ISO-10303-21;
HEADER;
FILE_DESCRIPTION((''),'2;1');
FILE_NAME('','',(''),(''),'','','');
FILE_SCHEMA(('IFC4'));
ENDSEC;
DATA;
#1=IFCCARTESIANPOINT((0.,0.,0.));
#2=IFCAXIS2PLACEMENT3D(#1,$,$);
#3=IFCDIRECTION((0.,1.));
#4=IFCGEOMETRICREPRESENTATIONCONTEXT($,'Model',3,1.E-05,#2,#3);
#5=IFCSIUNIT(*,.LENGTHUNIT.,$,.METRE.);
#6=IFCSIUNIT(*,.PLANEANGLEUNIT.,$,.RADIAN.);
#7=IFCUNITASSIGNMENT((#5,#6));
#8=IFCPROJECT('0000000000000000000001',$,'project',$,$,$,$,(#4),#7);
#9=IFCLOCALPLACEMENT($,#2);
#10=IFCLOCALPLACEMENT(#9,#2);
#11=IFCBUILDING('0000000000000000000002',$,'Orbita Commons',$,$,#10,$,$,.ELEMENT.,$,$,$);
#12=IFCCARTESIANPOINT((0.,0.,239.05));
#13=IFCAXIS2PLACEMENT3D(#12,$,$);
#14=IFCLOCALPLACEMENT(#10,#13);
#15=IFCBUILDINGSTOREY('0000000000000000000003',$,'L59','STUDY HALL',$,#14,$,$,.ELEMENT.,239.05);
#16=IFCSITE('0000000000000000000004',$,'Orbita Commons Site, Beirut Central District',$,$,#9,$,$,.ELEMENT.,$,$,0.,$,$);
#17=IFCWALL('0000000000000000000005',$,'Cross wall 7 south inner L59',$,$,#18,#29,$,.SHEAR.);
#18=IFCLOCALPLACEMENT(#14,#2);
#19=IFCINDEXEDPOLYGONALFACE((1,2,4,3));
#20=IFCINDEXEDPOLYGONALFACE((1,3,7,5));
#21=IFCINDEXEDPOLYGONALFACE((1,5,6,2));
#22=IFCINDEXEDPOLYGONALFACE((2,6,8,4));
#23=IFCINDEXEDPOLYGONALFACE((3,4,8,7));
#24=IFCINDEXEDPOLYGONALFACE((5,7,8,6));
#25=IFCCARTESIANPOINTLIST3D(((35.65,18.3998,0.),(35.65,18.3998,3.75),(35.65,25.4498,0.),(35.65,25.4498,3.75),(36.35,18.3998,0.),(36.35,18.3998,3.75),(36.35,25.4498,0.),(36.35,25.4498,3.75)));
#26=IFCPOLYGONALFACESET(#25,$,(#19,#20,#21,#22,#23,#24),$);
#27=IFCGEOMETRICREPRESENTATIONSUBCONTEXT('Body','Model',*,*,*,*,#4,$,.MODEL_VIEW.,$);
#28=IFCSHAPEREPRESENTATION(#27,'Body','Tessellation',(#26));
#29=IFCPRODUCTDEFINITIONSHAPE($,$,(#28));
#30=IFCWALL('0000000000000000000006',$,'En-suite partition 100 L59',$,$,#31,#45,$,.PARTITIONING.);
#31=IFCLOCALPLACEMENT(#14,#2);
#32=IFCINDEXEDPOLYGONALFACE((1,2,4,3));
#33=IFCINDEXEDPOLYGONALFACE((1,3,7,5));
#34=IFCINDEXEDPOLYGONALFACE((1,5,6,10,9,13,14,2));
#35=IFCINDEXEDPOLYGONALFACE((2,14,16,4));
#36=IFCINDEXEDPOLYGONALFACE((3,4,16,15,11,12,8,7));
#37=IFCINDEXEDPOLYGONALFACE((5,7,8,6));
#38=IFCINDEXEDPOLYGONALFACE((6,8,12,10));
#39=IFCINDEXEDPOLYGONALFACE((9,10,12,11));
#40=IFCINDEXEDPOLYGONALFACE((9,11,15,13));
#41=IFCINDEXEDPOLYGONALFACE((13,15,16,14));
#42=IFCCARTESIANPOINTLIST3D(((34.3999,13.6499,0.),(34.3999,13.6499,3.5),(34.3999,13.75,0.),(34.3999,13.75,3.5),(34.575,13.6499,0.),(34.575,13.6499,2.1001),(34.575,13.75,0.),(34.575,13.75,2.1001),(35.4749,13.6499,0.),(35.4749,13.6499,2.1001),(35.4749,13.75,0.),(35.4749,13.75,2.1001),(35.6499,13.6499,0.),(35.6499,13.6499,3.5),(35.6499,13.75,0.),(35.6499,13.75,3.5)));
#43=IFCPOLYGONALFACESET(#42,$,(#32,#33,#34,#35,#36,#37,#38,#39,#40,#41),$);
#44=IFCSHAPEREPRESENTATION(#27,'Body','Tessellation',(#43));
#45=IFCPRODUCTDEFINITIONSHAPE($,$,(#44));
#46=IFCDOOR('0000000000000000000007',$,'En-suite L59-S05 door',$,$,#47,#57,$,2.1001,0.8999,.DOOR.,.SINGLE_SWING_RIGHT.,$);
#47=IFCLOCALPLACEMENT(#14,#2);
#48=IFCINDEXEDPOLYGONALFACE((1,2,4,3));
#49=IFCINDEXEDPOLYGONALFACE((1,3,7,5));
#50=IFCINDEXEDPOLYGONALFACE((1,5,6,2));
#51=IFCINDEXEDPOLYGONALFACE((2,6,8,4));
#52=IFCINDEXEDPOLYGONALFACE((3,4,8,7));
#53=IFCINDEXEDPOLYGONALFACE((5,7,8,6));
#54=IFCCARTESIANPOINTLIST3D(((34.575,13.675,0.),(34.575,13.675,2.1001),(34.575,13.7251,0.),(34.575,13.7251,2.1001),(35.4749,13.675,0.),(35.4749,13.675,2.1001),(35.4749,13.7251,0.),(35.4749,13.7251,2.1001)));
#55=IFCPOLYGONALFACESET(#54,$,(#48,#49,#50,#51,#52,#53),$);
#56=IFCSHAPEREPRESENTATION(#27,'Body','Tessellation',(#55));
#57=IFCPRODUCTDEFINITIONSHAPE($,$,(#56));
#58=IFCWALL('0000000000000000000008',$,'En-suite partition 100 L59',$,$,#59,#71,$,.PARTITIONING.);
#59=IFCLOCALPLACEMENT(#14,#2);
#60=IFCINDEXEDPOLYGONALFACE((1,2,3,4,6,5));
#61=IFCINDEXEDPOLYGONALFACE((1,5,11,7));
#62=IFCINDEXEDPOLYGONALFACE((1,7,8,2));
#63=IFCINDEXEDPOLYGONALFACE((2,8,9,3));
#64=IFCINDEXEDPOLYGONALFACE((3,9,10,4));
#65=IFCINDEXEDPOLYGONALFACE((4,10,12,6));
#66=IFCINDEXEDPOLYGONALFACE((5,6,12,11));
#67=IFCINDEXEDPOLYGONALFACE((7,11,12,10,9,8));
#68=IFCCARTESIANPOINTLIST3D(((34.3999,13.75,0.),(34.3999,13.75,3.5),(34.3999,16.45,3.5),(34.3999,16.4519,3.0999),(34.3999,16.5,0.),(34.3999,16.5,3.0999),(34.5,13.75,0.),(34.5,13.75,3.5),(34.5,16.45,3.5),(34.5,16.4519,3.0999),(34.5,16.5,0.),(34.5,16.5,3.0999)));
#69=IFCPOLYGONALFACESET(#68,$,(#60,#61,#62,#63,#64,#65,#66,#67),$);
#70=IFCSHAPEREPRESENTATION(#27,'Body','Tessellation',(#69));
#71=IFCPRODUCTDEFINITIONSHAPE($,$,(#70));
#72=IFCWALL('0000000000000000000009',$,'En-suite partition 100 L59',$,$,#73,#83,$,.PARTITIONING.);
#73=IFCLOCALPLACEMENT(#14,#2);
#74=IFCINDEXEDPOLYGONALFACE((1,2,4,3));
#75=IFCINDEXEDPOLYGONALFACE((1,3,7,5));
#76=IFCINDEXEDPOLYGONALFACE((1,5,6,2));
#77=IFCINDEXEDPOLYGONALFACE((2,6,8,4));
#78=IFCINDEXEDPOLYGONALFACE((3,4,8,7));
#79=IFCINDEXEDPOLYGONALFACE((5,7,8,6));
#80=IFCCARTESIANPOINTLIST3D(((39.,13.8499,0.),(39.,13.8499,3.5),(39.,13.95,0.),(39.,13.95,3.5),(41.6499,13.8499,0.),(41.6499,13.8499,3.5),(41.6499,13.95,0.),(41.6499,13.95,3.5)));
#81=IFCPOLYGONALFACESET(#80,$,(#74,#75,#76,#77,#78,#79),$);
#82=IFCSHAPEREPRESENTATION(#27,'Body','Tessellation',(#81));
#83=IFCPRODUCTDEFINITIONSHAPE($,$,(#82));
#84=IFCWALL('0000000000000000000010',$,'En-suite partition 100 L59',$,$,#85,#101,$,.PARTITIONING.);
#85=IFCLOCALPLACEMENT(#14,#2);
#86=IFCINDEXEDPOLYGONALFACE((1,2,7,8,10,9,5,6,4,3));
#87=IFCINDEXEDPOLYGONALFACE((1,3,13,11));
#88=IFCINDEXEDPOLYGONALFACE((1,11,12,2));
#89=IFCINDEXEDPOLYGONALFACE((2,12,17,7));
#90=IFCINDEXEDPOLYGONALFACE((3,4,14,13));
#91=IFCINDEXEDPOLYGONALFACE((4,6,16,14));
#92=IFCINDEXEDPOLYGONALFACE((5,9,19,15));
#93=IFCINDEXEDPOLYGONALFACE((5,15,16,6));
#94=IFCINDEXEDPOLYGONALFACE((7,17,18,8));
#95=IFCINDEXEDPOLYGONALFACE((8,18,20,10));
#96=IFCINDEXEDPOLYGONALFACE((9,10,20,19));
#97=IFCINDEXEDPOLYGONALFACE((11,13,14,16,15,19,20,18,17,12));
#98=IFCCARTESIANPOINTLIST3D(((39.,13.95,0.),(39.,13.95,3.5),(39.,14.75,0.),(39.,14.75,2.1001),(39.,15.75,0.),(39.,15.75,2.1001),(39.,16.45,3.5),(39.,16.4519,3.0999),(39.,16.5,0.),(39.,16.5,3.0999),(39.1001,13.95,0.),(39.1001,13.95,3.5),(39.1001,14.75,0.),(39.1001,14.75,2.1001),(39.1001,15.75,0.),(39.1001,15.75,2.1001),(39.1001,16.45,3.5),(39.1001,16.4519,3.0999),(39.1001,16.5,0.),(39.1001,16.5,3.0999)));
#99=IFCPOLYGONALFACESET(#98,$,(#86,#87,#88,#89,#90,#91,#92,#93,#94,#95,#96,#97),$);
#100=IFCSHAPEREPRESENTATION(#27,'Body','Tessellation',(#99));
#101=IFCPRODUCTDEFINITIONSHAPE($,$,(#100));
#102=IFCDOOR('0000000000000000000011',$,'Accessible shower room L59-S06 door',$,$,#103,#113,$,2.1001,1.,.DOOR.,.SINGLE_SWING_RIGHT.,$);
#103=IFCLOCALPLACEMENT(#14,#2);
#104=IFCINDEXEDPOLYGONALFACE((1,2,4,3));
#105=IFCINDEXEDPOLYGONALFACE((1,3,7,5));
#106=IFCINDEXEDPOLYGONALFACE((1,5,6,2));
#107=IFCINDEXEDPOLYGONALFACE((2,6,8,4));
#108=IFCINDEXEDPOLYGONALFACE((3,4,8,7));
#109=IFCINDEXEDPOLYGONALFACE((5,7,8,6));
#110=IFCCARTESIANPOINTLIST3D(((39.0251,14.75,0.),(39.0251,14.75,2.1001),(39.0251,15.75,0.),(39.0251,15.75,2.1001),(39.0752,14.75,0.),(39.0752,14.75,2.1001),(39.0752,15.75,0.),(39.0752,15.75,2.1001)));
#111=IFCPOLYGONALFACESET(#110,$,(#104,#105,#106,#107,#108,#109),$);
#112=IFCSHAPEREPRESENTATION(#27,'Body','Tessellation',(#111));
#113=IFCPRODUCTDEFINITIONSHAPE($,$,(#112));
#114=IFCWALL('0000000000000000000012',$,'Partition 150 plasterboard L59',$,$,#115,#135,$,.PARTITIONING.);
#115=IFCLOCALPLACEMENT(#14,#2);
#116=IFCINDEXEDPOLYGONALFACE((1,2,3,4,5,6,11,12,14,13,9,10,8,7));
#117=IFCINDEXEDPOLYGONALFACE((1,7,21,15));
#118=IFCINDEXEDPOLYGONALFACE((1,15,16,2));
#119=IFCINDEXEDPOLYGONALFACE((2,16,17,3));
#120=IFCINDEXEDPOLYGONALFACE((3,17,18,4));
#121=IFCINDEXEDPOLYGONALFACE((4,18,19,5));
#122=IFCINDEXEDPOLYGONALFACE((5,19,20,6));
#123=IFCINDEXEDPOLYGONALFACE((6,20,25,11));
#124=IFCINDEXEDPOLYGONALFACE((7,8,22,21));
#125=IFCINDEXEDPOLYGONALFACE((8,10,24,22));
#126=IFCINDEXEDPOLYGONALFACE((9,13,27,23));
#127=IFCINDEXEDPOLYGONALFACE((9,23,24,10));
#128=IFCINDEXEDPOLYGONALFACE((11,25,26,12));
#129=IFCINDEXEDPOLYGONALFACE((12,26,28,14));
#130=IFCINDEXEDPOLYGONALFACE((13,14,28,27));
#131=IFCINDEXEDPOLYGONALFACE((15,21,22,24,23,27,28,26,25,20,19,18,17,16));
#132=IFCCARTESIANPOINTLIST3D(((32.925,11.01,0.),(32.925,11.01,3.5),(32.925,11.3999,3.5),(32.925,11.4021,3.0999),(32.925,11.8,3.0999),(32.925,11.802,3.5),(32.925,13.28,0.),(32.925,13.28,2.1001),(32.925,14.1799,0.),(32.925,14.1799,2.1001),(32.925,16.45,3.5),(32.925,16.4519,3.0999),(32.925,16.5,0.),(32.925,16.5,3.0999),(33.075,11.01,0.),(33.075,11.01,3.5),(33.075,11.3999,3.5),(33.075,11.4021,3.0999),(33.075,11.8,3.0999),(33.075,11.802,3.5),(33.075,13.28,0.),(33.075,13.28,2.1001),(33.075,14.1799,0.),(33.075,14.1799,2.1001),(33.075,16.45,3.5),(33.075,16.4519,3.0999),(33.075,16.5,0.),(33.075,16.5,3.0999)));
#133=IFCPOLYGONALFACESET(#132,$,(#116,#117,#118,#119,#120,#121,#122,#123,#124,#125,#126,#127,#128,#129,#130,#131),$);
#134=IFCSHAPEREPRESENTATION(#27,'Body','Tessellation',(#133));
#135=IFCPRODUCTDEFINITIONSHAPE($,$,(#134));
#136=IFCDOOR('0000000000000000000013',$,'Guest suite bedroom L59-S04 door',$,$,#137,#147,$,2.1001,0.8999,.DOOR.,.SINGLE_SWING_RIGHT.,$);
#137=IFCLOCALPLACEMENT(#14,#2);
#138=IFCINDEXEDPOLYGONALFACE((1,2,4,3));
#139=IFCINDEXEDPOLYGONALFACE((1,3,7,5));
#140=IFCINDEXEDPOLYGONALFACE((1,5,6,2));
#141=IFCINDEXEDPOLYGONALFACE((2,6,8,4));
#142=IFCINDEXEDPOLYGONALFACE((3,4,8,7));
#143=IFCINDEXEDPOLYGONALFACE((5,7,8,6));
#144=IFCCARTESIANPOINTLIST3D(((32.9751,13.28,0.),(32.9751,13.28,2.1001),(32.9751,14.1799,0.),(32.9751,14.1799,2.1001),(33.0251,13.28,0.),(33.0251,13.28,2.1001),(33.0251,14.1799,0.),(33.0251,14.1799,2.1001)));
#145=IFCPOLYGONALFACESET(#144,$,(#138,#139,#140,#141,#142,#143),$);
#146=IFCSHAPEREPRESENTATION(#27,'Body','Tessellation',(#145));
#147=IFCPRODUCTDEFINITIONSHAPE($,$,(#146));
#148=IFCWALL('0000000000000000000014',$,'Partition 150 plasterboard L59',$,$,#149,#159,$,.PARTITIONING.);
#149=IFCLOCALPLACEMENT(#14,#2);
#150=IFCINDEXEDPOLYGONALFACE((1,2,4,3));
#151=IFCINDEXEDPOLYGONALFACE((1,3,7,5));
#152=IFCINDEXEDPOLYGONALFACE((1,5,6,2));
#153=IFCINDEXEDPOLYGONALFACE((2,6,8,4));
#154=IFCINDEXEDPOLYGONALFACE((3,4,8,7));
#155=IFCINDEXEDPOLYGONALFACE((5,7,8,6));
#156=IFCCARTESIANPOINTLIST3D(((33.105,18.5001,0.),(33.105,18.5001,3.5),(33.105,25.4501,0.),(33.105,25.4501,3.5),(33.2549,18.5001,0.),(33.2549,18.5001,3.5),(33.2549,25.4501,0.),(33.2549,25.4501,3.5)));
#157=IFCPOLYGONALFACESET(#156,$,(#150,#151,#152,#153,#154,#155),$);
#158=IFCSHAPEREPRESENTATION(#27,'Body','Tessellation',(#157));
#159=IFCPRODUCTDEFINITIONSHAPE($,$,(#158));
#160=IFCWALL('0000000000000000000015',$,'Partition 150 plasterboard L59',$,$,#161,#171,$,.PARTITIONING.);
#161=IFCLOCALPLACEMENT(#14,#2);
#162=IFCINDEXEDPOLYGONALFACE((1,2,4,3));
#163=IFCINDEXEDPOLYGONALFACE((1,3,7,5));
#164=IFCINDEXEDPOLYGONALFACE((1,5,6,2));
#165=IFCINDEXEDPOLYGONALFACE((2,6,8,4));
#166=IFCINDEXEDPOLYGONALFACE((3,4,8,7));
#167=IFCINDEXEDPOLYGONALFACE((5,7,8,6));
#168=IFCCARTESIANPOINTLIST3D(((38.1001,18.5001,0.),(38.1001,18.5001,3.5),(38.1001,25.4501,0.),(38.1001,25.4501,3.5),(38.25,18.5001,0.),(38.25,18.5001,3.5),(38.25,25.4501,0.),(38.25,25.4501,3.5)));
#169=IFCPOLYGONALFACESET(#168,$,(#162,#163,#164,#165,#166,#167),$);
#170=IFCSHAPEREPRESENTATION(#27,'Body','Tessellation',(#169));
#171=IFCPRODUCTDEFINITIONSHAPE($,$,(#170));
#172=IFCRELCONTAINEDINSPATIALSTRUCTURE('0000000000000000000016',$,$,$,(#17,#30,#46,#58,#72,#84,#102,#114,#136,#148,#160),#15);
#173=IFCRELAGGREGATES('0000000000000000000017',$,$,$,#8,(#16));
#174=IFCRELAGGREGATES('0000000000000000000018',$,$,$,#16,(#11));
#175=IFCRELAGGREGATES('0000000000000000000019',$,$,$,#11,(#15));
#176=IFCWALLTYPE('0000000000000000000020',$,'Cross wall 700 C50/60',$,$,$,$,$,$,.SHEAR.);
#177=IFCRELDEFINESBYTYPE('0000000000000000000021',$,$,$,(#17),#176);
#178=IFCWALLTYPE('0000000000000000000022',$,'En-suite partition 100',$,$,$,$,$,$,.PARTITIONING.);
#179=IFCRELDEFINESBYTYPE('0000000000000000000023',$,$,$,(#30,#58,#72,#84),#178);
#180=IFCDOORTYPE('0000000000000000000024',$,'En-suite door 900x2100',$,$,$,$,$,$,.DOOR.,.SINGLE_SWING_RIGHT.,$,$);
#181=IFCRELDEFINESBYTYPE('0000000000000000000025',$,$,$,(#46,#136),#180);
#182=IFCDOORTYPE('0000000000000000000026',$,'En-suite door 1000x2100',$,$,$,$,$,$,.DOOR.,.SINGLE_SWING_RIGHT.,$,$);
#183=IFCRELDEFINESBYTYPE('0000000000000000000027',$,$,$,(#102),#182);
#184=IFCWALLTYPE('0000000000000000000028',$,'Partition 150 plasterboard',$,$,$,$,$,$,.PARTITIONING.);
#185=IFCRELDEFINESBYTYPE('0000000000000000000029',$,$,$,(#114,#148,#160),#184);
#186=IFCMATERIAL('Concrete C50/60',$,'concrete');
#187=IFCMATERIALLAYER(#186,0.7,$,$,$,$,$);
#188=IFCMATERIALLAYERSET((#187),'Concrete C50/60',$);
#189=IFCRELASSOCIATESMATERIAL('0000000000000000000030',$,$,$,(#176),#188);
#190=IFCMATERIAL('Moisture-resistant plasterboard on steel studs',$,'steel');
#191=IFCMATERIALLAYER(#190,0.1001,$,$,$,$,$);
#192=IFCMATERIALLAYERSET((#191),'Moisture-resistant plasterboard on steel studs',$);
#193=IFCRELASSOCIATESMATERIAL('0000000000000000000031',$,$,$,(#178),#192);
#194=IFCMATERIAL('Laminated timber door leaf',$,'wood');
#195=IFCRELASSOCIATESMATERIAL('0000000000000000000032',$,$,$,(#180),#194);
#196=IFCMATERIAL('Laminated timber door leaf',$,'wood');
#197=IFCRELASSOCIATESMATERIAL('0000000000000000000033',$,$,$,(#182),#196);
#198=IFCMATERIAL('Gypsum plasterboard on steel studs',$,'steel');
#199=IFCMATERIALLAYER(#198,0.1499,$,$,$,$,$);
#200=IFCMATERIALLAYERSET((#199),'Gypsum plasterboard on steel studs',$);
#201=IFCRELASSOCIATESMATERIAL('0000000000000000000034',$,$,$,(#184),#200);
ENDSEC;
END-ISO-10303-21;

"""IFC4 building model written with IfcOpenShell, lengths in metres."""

from ifc_helpers import new_model, si_unit, direction, frame, frame_2d, origin, place, context, subcontext, project, spatial, polyline, rectangle, outline, extrude, material, layer, layer_set, type_object, element, fill, save


model = new_model("IFC4")

# Units and contexts
model_context = context("Model", 3, precision=1e-05, world=origin(), true_north=direction((0.0, 1.0)))
body_context = subcontext(model_context, "Body", "Model", "MODEL_VIEW")
ifc_project = project(units=[si_unit("LENGTHUNIT", "METRE"), si_unit("PLANEANGLEUNIT", "RADIAN")], contexts=[model_context])

# Site, building, storey
site_placement = place(None, origin())
site = spatial("IfcSite", under=ifc_project, at=site_placement, Name="Orbita Commons Site, Beirut Central District", CompositionType="ELEMENT", RefElevation=0.0)
building_placement = place(site_placement, origin())
building = spatial("IfcBuilding", under=site, at=building_placement, Name="Orbita Commons", CompositionType="ELEMENT")
storey_placement = place(building_placement, frame((0.0, 0.0, 239.05)))
storey = spatial("IfcBuildingStorey", under=building, at=storey_placement, Name="L59", Description="STUDY HALL", CompositionType="ELEMENT", Elevation=239.05)

# Wall
ifc_material_1 = material(Name="Concrete C50/60", Category="concrete")
ifc_layer_1 = layer(ifc_material_1, 0.7)
ifc_layer_set_1 = layer_set([ifc_layer_1], Name="Concrete C50/60")
wall_type_1 = type_object("IfcWallType", Name="Cross wall 700 C50/60", PredefinedType="SHEAR", material=ifc_layer_set_1)
wall_1_placement = place(storey_placement, frame((36.0, 18.3999, 0.0), z_axis=(0.0, 0.0, 1.0), x_axis=(0.0, 1.0, 0.0)))
element("IfcWall", 1, at=wall_1_placement, inside=storey, type_object=wall_type_1, Name="Cross wall 7 south inner L59", PredefinedType="SHEAR", context=body_context, shape_type="SweptSolid", body=[
    extrude(rectangle(XDim=7.05, YDim=0.7, at=frame_2d((3.5249, 0.0))), origin(), (0.0, 0.0, 1.0), 3.75),
])

# Wall, opening, door
ifc_material_2 = material(Name="Moisture-resistant plasterboard on steel studs", Category="steel")
ifc_layer_2 = layer(ifc_material_2, 0.1001)
ifc_layer_set_2 = layer_set([ifc_layer_2], Name="Moisture-resistant plasterboard on steel studs")
wall_type_2 = type_object("IfcWallType", Name="En-suite partition 100", PredefinedType="PARTITIONING", material=ifc_layer_set_2)
wall_2_placement = place(storey_placement, frame((35.6499, 13.7, 0.0), z_axis=(0.0, 0.0, 1.0), x_axis=(-1.0, 0.0, 0.0)))
wall_2 = element("IfcWall", 2, at=wall_2_placement, inside=storey, type_object=wall_type_2, Name="En-suite partition 100 L59", PredefinedType="PARTITIONING", context=body_context, shape_type="SweptSolid", body=[
    extrude(rectangle(XDim=1.25, YDim=0.1001, at=frame_2d((0.625, 0.0))), origin(), (0.0, 0.0, 1.0), 3.5),
])
opening_1_placement = place(wall_2_placement, frame((0.175, 0.0, 0.0)))
opening_1 = element("IfcOpeningElement", 3, at=opening_1_placement, cuts=wall_2, PredefinedType="OPENING", context=body_context, shape_type="SweptSolid", body=[
    extrude(rectangle(XDim=0.8999, YDim=2.1001, at=frame_2d((0.45, 1.05))), frame((0.0, 0.0601, 0.0), z_axis=(0.0, -1.0, 0.0), x_axis=(1.0, 0.0, 0.0)), (0.0, 0.0, 1.0), 0.1201),
])
ifc_material_3 = material(Name="Laminated timber door leaf", Category="wood")
door_type_1 = type_object("IfcDoorType", Name="En-suite door 900x2100", OperationType="SINGLE_SWING_RIGHT", PredefinedType="DOOR", material=ifc_material_3)
door_1_placement = place(opening_1_placement, origin())
door_1 = element("IfcDoor", 4, at=door_1_placement, inside=storey, type_object=door_type_1, Name="En-suite L59-S05 door", OperationType="SINGLE_SWING_RIGHT", OverallHeight=2.1001, OverallWidth=0.8999, PredefinedType="DOOR", context=body_context, shape_type="SweptSolid", body=[
    extrude(rectangle(XDim=0.8999, YDim=2.1001, at=frame_2d((0.45, 1.05))), frame((0.0, 0.0249, 0.0), z_axis=(0.0, -1.0, 0.0), x_axis=(1.0, 0.0, 0.0)), (0.0, 0.0, 1.0), 0.05),
])
fill(opening_1, door_1)

# Walls
wall_3_placement = place(storey_placement, frame((34.45, 13.75, 0.0), z_axis=(0.0, 0.0, 1.0), x_axis=(0.0, 1.0, 0.0)))
element("IfcWall", 5, at=wall_3_placement, inside=storey, type_object=wall_type_2, Name="En-suite partition 100 L59", PredefinedType="PARTITIONING", context=body_context, shape_type="SweptSolid", body=[
    extrude(outline(polyline([(0.0, 0.0), (2.75, 0.0), (2.75, 3.0999), (2.7019, 3.0999), (2.7, 3.5), (0.0, 3.5), (0.0, 0.0)])), frame((0.0, 0.05, 0.0), z_axis=(0.0, -1.0, 0.0), x_axis=(1.0, 0.0, 0.0)), (0.0, 0.0, 1.0), 0.1001),
])
wall_4_placement = place(storey_placement, frame((39.0, 13.8999, 0.0), z_axis=(0.0, 0.0, 1.0), x_axis=(1.0, 0.0, 0.0)))
element("IfcWall", 6, at=wall_4_placement, inside=storey, type_object=wall_type_2, Name="En-suite partition 100 L59", PredefinedType="PARTITIONING", context=body_context, shape_type="SweptSolid", body=[
    extrude(rectangle(XDim=2.6499, YDim=0.1001, at=frame_2d((1.325, 0.0))), origin(), (0.0, 0.0, 1.0), 3.5),
])

# Walls, openings, doors
wall_5_placement = place(storey_placement, frame((39.05, 13.95, 0.0), z_axis=(0.0, 0.0, 1.0), x_axis=(0.0, 1.0, 0.0)))
wall_5 = element("IfcWall", 7, at=wall_5_placement, inside=storey, type_object=wall_type_2, Name="En-suite partition 100 L59", PredefinedType="PARTITIONING", context=body_context, shape_type="SweptSolid", body=[
    extrude(outline(polyline([(0.0, 0.0), (2.55, 0.0), (2.55, 3.0999), (2.502, 3.0999), (2.5, 3.5), (0.0, 3.5), (0.0, 0.0)])), frame((0.0, 0.05, 0.0), z_axis=(0.0, -1.0, 0.0), x_axis=(1.0, 0.0, 0.0)), (0.0, 0.0, 1.0), 0.1001),
])
opening_2_placement = place(wall_5_placement, frame((0.8, 0.0, 0.0)))
opening_2 = element("IfcOpeningElement", 8, at=opening_2_placement, cuts=wall_5, PredefinedType="OPENING", context=body_context, shape_type="SweptSolid", body=[
    extrude(rectangle(XDim=1.0, YDim=2.1001, at=frame_2d((0.5, 1.05))), frame((0.0, 0.0601, 0.0), z_axis=(0.0, -1.0, 0.0), x_axis=(1.0, 0.0, 0.0)), (0.0, 0.0, 1.0), 0.1201),
])
ifc_material_4 = material(Name="Laminated timber door leaf", Category="wood")
door_type_2 = type_object("IfcDoorType", Name="En-suite door 1000x2100", OperationType="SINGLE_SWING_RIGHT", PredefinedType="DOOR", material=ifc_material_4)
door_2_placement = place(opening_2_placement, origin())
door_2 = element("IfcDoor", 9, at=door_2_placement, inside=storey, type_object=door_type_2, Name="Accessible shower room L59-S06 door", OperationType="SINGLE_SWING_RIGHT", OverallHeight=2.1001, OverallWidth=1.0, PredefinedType="DOOR", context=body_context, shape_type="SweptSolid", body=[
    extrude(rectangle(XDim=1.0, YDim=2.1001, at=frame_2d((0.5, 1.05))), frame((0.0, 0.0249, 0.0), z_axis=(0.0, -1.0, 0.0), x_axis=(1.0, 0.0, 0.0)), (0.0, 0.0, 1.0), 0.05),
])
fill(opening_2, door_2)
ifc_material_5 = material(Name="Gypsum plasterboard on steel studs", Category="steel")
ifc_layer_3 = layer(ifc_material_5, 0.1499)
ifc_layer_set_3 = layer_set([ifc_layer_3], Name="Gypsum plasterboard on steel studs")
wall_type_3 = type_object("IfcWallType", Name="Partition 150 plasterboard", PredefinedType="PARTITIONING", material=ifc_layer_set_3)
wall_6_placement = place(storey_placement, frame((33.0, 11.01, 0.0), z_axis=(0.0, 0.0, 1.0), x_axis=(0.0, 1.0, 0.0)))
wall_6 = element("IfcWall", 10, at=wall_6_placement, inside=storey, type_object=wall_type_3, Name="Partition 150 plasterboard L59", PredefinedType="PARTITIONING", context=body_context, shape_type="SweptSolid", body=[
    extrude(outline(polyline([(0.0, 0.0), (5.49, 0.0), (5.49, 3.0999), (5.4419, 3.0999), (5.4399, 3.5), (0.792, 3.5), (0.79, 3.0999), (0.3921, 3.0999), (0.3899, 3.5), (0.0, 3.5), (0.0, 0.0)])), frame((0.0, 0.075, 0.0), z_axis=(0.0, -1.0, 0.0), x_axis=(1.0, 0.0, 0.0)), (0.0, 0.0, 1.0), 0.1499),
])
opening_3_placement = place(wall_6_placement, frame((2.27, 0.0, 0.0)))
opening_3 = element("IfcOpeningElement", 11, at=opening_3_placement, cuts=wall_6, PredefinedType="OPENING", context=body_context, shape_type="SweptSolid", body=[
    extrude(rectangle(XDim=0.8999, YDim=2.1001, at=frame_2d((0.45, 1.05))), frame((0.0, 0.085, 0.0), z_axis=(0.0, -1.0, 0.0), x_axis=(1.0, 0.0, 0.0)), (0.0, 0.0, 1.0), 0.1699),
])
door_3_placement = place(opening_3_placement, origin())
door_3 = element("IfcDoor", 12, at=door_3_placement, inside=storey, type_object=door_type_1, Name="Guest suite bedroom L59-S04 door", OperationType="SINGLE_SWING_RIGHT", OverallHeight=2.1001, OverallWidth=0.8999, PredefinedType="DOOR", context=body_context, shape_type="SweptSolid", body=[
    extrude(rectangle(XDim=0.8999, YDim=2.1001, at=frame_2d((0.45, 1.05))), frame((0.0, 0.0249, 0.0), z_axis=(0.0, -1.0, 0.0), x_axis=(1.0, 0.0, 0.0)), (0.0, 0.0, 1.0), 0.05),
])
fill(opening_3, door_3)

# Walls
for number, where, z_axis, x_axis, name in (
    (13, (33.1799, 18.5, 0.0), (0.0, 0.0, 1.0), (0.0, 1.0, 0.0), "Partition 150 plasterboard L59"),
    (14, (38.175, 18.5, 0.0), (0.0, 0.0, 1.0), (0.0, 1.0, 0.0), "Partition 150 plasterboard L59"),
):
    element("IfcWall", number, at=place(storey_placement, frame(where, z_axis=z_axis, x_axis=x_axis)), inside=storey, type_object=wall_type_3, Name=name, PredefinedType="PARTITIONING", context=body_context, shape_type="SweptSolid", body=[
        extrude(rectangle(XDim=6.95, YDim=0.1499, at=frame_2d((3.4751, 0.0))), origin(), (0.0, 0.0, 1.0), 3.5),
    ])

save(model, "model.ifc")
